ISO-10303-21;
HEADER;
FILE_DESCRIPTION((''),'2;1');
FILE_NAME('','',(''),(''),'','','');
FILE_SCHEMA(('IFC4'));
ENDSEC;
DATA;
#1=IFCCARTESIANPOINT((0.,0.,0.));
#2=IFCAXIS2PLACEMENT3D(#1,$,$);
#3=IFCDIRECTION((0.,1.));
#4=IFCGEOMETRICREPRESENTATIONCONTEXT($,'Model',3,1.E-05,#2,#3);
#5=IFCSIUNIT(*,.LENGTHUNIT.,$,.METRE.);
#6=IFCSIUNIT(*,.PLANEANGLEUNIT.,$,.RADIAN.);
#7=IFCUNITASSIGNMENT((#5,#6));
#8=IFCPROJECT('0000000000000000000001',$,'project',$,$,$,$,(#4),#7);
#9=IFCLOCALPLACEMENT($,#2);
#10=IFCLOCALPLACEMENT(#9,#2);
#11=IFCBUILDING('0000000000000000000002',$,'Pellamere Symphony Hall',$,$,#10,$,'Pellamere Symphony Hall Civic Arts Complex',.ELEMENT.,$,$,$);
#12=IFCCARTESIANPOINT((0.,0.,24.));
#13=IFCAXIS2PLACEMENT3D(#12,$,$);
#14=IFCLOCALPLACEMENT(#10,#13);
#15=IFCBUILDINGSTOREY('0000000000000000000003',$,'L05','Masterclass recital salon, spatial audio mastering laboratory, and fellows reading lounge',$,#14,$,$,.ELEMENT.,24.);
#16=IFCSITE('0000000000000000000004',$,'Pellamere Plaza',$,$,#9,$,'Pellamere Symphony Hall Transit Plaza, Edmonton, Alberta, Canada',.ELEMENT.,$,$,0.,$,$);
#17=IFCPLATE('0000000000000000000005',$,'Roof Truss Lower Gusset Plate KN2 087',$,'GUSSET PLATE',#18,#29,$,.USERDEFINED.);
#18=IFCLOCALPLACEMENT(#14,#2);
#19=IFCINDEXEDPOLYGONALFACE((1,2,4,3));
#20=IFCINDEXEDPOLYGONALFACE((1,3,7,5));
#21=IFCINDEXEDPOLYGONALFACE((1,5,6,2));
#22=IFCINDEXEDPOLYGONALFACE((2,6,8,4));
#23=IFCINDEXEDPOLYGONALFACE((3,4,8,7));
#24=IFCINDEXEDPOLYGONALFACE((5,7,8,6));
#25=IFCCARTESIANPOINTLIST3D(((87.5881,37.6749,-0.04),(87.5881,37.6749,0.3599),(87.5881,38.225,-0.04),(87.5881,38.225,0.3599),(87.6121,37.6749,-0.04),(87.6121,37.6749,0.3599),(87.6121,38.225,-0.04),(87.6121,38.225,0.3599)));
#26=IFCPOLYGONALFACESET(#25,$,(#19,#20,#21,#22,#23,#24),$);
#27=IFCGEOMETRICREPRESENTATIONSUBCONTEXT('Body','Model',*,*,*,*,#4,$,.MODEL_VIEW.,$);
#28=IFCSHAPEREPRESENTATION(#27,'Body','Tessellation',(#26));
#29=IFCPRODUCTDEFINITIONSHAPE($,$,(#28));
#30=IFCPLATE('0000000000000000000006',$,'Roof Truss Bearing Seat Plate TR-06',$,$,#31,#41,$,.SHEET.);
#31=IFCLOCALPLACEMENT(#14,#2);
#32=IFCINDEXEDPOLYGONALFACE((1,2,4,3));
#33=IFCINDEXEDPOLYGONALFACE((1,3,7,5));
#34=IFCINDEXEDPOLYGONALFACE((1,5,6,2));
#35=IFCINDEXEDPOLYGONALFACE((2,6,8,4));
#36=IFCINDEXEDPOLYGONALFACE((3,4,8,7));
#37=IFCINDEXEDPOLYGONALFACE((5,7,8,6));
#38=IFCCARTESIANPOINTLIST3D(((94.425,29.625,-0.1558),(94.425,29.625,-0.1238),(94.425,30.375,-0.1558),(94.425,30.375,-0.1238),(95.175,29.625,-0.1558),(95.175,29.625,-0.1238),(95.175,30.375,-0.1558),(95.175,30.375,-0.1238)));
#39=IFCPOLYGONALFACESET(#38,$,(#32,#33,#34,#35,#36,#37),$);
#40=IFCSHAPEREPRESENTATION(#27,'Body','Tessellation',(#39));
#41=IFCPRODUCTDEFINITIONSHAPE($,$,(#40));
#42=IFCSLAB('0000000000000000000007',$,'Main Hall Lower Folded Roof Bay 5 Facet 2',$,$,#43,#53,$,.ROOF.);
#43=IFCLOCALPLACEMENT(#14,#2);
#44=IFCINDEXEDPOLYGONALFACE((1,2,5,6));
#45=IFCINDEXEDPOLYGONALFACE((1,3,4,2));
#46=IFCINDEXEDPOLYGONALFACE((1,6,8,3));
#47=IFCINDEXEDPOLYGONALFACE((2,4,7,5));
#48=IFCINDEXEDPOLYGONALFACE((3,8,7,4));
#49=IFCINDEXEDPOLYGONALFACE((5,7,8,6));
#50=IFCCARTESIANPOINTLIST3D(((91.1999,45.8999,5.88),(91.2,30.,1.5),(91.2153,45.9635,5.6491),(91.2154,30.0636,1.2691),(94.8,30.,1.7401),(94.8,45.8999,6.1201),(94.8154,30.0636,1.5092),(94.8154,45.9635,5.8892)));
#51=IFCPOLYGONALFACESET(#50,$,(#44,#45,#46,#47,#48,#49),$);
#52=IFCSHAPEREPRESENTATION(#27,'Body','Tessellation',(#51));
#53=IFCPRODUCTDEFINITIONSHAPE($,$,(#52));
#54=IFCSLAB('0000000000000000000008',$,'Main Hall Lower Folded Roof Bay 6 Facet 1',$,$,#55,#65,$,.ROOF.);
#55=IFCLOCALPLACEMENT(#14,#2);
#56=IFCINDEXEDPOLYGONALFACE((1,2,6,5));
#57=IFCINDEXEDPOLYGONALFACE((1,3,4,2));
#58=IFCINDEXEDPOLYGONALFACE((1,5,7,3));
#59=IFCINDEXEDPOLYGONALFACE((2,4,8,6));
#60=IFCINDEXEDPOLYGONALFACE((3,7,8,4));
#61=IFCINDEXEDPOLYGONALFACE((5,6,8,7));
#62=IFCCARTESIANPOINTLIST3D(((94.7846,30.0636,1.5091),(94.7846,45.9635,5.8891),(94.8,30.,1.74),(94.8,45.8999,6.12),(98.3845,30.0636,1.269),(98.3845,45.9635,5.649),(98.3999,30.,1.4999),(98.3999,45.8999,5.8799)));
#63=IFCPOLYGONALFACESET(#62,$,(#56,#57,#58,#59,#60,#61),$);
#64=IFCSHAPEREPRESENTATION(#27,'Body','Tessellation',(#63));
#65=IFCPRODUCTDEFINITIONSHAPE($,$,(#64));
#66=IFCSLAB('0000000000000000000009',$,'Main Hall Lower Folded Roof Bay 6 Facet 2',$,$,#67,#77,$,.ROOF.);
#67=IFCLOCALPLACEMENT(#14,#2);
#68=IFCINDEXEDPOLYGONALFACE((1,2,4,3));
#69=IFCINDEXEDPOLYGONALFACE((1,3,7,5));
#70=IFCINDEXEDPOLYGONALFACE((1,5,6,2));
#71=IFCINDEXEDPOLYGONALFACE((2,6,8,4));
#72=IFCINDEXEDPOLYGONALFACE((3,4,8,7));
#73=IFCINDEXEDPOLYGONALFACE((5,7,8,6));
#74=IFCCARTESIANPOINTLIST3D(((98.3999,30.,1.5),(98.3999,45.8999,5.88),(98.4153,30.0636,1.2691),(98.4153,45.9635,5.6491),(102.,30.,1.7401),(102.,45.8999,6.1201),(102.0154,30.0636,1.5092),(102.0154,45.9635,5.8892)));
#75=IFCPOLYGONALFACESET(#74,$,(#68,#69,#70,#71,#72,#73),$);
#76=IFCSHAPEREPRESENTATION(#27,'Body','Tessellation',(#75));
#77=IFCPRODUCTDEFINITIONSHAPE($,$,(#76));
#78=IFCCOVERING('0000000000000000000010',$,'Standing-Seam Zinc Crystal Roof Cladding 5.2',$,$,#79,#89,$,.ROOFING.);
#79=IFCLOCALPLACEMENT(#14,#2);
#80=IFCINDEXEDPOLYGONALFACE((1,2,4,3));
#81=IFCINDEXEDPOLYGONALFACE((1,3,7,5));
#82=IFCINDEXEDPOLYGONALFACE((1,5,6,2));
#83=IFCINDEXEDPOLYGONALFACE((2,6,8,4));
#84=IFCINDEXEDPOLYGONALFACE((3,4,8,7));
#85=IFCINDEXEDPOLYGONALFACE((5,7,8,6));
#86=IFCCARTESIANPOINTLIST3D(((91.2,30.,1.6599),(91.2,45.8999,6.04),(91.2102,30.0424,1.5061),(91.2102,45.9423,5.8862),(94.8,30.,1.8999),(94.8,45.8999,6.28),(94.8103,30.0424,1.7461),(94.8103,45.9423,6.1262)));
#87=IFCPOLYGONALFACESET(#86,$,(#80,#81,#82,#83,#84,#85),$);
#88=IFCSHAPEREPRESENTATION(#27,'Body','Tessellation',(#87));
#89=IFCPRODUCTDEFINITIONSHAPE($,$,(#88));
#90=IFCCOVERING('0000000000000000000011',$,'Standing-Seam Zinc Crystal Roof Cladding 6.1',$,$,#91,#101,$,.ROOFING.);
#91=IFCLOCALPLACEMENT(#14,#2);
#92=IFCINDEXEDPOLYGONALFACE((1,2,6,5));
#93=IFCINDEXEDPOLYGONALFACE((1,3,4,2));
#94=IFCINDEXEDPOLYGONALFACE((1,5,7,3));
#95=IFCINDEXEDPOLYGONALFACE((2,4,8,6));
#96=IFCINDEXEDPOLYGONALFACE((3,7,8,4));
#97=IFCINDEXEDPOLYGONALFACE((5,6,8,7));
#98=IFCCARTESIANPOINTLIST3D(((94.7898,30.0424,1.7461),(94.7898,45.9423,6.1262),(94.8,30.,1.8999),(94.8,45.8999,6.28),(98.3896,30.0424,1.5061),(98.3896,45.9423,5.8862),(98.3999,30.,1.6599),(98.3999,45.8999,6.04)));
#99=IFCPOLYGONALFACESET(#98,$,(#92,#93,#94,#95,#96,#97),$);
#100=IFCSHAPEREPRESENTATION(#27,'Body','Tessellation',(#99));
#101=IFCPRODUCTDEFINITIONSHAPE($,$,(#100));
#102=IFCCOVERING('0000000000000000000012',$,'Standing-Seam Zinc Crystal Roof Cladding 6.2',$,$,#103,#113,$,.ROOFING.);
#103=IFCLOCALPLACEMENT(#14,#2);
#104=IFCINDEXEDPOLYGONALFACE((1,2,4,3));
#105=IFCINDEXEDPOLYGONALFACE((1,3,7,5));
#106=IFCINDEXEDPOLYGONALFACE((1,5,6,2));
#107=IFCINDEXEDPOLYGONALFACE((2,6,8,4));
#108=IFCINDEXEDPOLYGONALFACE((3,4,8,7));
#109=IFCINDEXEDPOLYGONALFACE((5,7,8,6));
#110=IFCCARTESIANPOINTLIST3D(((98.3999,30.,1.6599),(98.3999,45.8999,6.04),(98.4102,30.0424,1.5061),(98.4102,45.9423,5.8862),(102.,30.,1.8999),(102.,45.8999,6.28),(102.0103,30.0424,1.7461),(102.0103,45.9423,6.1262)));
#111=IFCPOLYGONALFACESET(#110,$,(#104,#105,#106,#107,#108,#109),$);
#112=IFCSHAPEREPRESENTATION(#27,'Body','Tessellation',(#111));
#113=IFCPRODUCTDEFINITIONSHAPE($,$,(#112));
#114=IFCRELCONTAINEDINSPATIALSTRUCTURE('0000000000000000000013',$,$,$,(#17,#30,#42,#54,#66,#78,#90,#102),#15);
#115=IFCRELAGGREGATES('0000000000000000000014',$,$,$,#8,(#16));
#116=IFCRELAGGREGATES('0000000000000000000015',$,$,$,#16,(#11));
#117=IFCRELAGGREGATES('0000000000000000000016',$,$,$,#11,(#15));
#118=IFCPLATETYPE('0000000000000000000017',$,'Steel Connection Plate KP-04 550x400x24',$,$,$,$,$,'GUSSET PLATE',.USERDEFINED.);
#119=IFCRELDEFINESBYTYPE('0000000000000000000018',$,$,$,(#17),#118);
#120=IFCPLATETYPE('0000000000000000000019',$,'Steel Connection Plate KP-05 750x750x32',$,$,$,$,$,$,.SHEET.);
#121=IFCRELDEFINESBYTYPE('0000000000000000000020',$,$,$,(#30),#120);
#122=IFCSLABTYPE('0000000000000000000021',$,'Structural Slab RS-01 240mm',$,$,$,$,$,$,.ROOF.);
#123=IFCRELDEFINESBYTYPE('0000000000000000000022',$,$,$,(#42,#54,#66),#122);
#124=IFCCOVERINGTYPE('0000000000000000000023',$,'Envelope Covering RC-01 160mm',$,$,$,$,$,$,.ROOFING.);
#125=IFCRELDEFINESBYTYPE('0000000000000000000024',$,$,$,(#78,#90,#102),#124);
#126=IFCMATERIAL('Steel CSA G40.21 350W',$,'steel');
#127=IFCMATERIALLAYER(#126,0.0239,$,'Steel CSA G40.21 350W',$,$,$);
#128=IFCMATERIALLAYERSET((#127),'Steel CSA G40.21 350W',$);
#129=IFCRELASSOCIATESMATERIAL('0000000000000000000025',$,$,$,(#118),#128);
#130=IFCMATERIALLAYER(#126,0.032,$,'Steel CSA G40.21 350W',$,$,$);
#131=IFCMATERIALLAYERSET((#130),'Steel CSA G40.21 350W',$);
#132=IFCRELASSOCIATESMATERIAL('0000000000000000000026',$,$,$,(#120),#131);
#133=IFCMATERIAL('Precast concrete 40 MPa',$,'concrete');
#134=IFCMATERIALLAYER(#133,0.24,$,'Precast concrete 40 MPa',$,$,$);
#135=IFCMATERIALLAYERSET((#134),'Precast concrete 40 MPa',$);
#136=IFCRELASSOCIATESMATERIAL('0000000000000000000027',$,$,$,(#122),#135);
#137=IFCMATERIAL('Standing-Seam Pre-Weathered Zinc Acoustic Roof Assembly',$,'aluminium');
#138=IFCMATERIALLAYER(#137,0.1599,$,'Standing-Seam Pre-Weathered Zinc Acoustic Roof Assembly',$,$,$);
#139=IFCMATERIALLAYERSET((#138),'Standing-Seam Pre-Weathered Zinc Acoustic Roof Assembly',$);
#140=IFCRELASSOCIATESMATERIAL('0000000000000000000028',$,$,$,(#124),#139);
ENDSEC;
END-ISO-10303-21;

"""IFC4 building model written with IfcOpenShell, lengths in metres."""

from ifc_helpers import new_model, si_unit, direction, frame, origin, origin_2d, place, context, subcontext, project, spatial, polyline, rectangle, outline, extrude, material, layer, layer_set, type_object, element, save


model = new_model("IFC4")

# Units and contexts
model_context = context("Model", 3, precision=1e-05, world=origin(), true_north=direction((0.0, 1.0)))
body_context = subcontext(model_context, "Body", "Model", "MODEL_VIEW")
ifc_project = project(units=[si_unit("LENGTHUNIT", "METRE"), si_unit("PLANEANGLEUNIT", "RADIAN")], contexts=[model_context])

# Site, building, storey
site_placement = place(None, origin())
site = spatial("IfcSite", under=ifc_project, at=site_placement, Name="Pellamere Plaza", LongName="Pellamere Symphony Hall Transit Plaza, Edmonton, Alberta, Canada", CompositionType="ELEMENT", RefElevation=0.0)
building_placement = place(site_placement, origin())
building = spatial("IfcBuilding", under=site, at=building_placement, Name="Pellamere Symphony Hall", LongName="Pellamere Symphony Hall Civic Arts Complex", CompositionType="ELEMENT")
storey_placement = place(building_placement, frame((0.0, 0.0, 24.0)))
storey = spatial("IfcBuildingStorey", under=building, at=storey_placement, Name="L05", Description="Masterclass recital salon, spatial audio mastering laboratory, and fellows reading lounge", CompositionType="ELEMENT", Elevation=24.0)

# Shared definitions
ifc_material_1 = material(Name="Steel CSA G40.21 350W", Category="steel")

# Plates
ifc_layer_1 = layer(ifc_material_1, 0.0239, Name="Steel CSA G40.21 350W")
ifc_layer_set_1 = layer_set([ifc_layer_1], Name="Steel CSA G40.21 350W")
plate_type_1 = type_object("IfcPlateType", Name="Steel Connection Plate KP-04 550x400x24", ElementType="GUSSET PLATE", PredefinedType="USERDEFINED", material=ifc_layer_set_1)
plate_1_placement = place(storey_placement, frame((87.6001, 37.95, -0.04), z_axis=(0.0, 0.0, 1.0), x_axis=(1.0, 0.0, 0.0)))
element("IfcPlate", 1, at=plate_1_placement, inside=storey, type_object=plate_type_1, Name="Roof Truss Lower Gusset Plate KN2 087", ObjectType="GUSSET PLATE", PredefinedType="USERDEFINED", context=body_context, shape_type="SweptSolid", body=[
    extrude(rectangle(XDim=0.0239, YDim=0.55, at=origin_2d()), origin(), (0.0, 0.0, 1.0), 0.3999),
])
ifc_layer_2 = layer(ifc_material_1, 0.032, Name="Steel CSA G40.21 350W")
ifc_layer_set_2 = layer_set([ifc_layer_2], Name="Steel CSA G40.21 350W")
plate_type_2 = type_object("IfcPlateType", Name="Steel Connection Plate KP-05 750x750x32", PredefinedType="SHEET", material=ifc_layer_set_2)
plate_2_placement = place(storey_placement, frame((94.8, 30.0, -0.1558), z_axis=(0.0, 0.0, 1.0), x_axis=(1.0, 0.0, 0.0)))
element("IfcPlate", 2, at=plate_2_placement, inside=storey, type_object=plate_type_2, Name="Roof Truss Bearing Seat Plate TR-06", PredefinedType="SHEET", context=body_context, shape_type="SweptSolid", body=[
    extrude(rectangle(XDim=0.75, YDim=0.75, at=origin_2d()), origin(), (0.0, 0.0, 1.0), 0.032),
])

# Slabs
ifc_material_2 = material(Name="Precast concrete 40 MPa", Category="concrete")
ifc_layer_3 = layer(ifc_material_2, 0.24, Name="Precast concrete 40 MPa")
ifc_layer_set_3 = layer_set([ifc_layer_3], Name="Precast concrete 40 MPa")
slab_type = type_object("IfcSlabType", Name="Structural Slab RS-01 240mm", PredefinedType="ROOF", material=ifc_layer_set_3)
slab_1_placement = place(storey_placement, frame((91.2, 30.0, 1.5), z_axis=(-0.064168, -0.265034, 0.962102), x_axis=(0.997783, -0.000009, 0.066546)))
element("IfcSlab", 3, at=slab_1_placement, inside=storey, type_object=slab_type, Name="Main Hall Lower Folded Roof Bay 5 Facet 2", PredefinedType="ROOF", context=body_context, shape_type="SweptSolid", body=[
    extrude(outline(polyline([(0.0, 0.0), (3.6081, 0.0), (3.8994, 16.4896), (0.2913, 16.4896), (0.0, 0.0)])), origin(), (0.0, 0.0, -1.0), 0.24),
])
slab_2_placement = place(storey_placement, frame((94.8, 30.0, 1.74), z_axis=(0.064173, -0.265034, 0.962101), x_axis=(0.997783, 0.000009, -0.06655)))
element("IfcSlab", 4, at=slab_2_placement, inside=storey, type_object=slab_type, Name="Main Hall Lower Folded Roof Bay 6 Facet 1", PredefinedType="ROOF", context=body_context, shape_type="SweptSolid", body=[
    extrude(outline(polyline([(0.0, 0.0), (3.6078, 0.0), (3.3165, 16.4896), (-0.2914, 16.4896), (0.0, 0.0)])), origin(), (0.0, 0.0, -1.0), 0.24),
])
slab_3_placement = place(storey_placement, frame((98.3999, 30.0, 1.5), z_axis=(-0.064168, -0.265034, 0.962102), x_axis=(0.997783, -0.000009, 0.066546)))
element("IfcSlab", 5, at=slab_3_placement, inside=storey, type_object=slab_type, Name="Main Hall Lower Folded Roof Bay 6 Facet 2", PredefinedType="ROOF", context=body_context, shape_type="SweptSolid", body=[
    extrude(outline(polyline([(0.0, 0.0), (3.6081, 0.0), (3.8994, 16.4896), (0.2913, 16.4896), (0.0, 0.0)])), origin(), (0.0, 0.0, -1.0), 0.24),
])

# Coverings
ifc_material_3 = material(Name="Standing-Seam Pre-Weathered Zinc Acoustic Roof Assembly", Category="aluminium")
ifc_layer_4 = layer(ifc_material_3, 0.1599, Name="Standing-Seam Pre-Weathered Zinc Acoustic Roof Assembly")
ifc_layer_set_4 = layer_set([ifc_layer_4], Name="Standing-Seam Pre-Weathered Zinc Acoustic Roof Assembly")
covering_type = type_object("IfcCoveringType", Name="Envelope Covering RC-01 160mm", PredefinedType="ROOFING", material=ifc_layer_set_4)
covering_1_placement = place(storey_placement, frame((91.2, 30.0, 1.6599), z_axis=(-0.064136, -0.265041, 0.962102), x_axis=(0.997785, 0.0, 0.066515)))
element("IfcCovering", 6, at=covering_1_placement, inside=storey, type_object=covering_type, Name="Standing-Seam Zinc Crystal Roof Cladding 5.2", PredefinedType="ROOFING", context=body_context, shape_type="SweptSolid", body=[
    extrude(outline(polyline([(0.0, 0.0), (3.6081, 0.0), (3.8994, 16.4896), (0.2913, 16.4896), (0.0, 0.0)])), origin(), (0.0, 0.0, -1.0), 0.1599),
])
covering_2_placement = place(storey_placement, frame((94.8, 30.0, 1.8999), z_axis=(0.06414, -0.265041, 0.962101), x_axis=(0.997785, 0.0, -0.066519)))
element("IfcCovering", 7, at=covering_2_placement, inside=storey, type_object=covering_type, Name="Standing-Seam Zinc Crystal Roof Cladding 6.1", PredefinedType="ROOFING", context=body_context, shape_type="SweptSolid", body=[
    extrude(outline(polyline([(0.0, 0.0), (3.6078, 0.0), (3.3165, 16.4896), (-0.2914, 16.4896), (0.0, 0.0)])), origin(), (0.0, 0.0, -1.0), 0.1599),
])
covering_3_placement = place(storey_placement, frame((98.3999, 30.0, 1.6599), z_axis=(-0.064136, -0.265041, 0.962102), x_axis=(0.997785, 0.0, 0.066515)))
element("IfcCovering", 8, at=covering_3_placement, inside=storey, type_object=covering_type, Name="Standing-Seam Zinc Crystal Roof Cladding 6.2", PredefinedType="ROOFING", context=body_context, shape_type="SweptSolid", body=[
    extrude(outline(polyline([(0.0, 0.0), (3.6081, 0.0), (3.8994, 16.4896), (0.2913, 16.4896), (0.0, 0.0)])), origin(), (0.0, 0.0, -1.0), 0.1599),
])

save(model, "model.ifc")
